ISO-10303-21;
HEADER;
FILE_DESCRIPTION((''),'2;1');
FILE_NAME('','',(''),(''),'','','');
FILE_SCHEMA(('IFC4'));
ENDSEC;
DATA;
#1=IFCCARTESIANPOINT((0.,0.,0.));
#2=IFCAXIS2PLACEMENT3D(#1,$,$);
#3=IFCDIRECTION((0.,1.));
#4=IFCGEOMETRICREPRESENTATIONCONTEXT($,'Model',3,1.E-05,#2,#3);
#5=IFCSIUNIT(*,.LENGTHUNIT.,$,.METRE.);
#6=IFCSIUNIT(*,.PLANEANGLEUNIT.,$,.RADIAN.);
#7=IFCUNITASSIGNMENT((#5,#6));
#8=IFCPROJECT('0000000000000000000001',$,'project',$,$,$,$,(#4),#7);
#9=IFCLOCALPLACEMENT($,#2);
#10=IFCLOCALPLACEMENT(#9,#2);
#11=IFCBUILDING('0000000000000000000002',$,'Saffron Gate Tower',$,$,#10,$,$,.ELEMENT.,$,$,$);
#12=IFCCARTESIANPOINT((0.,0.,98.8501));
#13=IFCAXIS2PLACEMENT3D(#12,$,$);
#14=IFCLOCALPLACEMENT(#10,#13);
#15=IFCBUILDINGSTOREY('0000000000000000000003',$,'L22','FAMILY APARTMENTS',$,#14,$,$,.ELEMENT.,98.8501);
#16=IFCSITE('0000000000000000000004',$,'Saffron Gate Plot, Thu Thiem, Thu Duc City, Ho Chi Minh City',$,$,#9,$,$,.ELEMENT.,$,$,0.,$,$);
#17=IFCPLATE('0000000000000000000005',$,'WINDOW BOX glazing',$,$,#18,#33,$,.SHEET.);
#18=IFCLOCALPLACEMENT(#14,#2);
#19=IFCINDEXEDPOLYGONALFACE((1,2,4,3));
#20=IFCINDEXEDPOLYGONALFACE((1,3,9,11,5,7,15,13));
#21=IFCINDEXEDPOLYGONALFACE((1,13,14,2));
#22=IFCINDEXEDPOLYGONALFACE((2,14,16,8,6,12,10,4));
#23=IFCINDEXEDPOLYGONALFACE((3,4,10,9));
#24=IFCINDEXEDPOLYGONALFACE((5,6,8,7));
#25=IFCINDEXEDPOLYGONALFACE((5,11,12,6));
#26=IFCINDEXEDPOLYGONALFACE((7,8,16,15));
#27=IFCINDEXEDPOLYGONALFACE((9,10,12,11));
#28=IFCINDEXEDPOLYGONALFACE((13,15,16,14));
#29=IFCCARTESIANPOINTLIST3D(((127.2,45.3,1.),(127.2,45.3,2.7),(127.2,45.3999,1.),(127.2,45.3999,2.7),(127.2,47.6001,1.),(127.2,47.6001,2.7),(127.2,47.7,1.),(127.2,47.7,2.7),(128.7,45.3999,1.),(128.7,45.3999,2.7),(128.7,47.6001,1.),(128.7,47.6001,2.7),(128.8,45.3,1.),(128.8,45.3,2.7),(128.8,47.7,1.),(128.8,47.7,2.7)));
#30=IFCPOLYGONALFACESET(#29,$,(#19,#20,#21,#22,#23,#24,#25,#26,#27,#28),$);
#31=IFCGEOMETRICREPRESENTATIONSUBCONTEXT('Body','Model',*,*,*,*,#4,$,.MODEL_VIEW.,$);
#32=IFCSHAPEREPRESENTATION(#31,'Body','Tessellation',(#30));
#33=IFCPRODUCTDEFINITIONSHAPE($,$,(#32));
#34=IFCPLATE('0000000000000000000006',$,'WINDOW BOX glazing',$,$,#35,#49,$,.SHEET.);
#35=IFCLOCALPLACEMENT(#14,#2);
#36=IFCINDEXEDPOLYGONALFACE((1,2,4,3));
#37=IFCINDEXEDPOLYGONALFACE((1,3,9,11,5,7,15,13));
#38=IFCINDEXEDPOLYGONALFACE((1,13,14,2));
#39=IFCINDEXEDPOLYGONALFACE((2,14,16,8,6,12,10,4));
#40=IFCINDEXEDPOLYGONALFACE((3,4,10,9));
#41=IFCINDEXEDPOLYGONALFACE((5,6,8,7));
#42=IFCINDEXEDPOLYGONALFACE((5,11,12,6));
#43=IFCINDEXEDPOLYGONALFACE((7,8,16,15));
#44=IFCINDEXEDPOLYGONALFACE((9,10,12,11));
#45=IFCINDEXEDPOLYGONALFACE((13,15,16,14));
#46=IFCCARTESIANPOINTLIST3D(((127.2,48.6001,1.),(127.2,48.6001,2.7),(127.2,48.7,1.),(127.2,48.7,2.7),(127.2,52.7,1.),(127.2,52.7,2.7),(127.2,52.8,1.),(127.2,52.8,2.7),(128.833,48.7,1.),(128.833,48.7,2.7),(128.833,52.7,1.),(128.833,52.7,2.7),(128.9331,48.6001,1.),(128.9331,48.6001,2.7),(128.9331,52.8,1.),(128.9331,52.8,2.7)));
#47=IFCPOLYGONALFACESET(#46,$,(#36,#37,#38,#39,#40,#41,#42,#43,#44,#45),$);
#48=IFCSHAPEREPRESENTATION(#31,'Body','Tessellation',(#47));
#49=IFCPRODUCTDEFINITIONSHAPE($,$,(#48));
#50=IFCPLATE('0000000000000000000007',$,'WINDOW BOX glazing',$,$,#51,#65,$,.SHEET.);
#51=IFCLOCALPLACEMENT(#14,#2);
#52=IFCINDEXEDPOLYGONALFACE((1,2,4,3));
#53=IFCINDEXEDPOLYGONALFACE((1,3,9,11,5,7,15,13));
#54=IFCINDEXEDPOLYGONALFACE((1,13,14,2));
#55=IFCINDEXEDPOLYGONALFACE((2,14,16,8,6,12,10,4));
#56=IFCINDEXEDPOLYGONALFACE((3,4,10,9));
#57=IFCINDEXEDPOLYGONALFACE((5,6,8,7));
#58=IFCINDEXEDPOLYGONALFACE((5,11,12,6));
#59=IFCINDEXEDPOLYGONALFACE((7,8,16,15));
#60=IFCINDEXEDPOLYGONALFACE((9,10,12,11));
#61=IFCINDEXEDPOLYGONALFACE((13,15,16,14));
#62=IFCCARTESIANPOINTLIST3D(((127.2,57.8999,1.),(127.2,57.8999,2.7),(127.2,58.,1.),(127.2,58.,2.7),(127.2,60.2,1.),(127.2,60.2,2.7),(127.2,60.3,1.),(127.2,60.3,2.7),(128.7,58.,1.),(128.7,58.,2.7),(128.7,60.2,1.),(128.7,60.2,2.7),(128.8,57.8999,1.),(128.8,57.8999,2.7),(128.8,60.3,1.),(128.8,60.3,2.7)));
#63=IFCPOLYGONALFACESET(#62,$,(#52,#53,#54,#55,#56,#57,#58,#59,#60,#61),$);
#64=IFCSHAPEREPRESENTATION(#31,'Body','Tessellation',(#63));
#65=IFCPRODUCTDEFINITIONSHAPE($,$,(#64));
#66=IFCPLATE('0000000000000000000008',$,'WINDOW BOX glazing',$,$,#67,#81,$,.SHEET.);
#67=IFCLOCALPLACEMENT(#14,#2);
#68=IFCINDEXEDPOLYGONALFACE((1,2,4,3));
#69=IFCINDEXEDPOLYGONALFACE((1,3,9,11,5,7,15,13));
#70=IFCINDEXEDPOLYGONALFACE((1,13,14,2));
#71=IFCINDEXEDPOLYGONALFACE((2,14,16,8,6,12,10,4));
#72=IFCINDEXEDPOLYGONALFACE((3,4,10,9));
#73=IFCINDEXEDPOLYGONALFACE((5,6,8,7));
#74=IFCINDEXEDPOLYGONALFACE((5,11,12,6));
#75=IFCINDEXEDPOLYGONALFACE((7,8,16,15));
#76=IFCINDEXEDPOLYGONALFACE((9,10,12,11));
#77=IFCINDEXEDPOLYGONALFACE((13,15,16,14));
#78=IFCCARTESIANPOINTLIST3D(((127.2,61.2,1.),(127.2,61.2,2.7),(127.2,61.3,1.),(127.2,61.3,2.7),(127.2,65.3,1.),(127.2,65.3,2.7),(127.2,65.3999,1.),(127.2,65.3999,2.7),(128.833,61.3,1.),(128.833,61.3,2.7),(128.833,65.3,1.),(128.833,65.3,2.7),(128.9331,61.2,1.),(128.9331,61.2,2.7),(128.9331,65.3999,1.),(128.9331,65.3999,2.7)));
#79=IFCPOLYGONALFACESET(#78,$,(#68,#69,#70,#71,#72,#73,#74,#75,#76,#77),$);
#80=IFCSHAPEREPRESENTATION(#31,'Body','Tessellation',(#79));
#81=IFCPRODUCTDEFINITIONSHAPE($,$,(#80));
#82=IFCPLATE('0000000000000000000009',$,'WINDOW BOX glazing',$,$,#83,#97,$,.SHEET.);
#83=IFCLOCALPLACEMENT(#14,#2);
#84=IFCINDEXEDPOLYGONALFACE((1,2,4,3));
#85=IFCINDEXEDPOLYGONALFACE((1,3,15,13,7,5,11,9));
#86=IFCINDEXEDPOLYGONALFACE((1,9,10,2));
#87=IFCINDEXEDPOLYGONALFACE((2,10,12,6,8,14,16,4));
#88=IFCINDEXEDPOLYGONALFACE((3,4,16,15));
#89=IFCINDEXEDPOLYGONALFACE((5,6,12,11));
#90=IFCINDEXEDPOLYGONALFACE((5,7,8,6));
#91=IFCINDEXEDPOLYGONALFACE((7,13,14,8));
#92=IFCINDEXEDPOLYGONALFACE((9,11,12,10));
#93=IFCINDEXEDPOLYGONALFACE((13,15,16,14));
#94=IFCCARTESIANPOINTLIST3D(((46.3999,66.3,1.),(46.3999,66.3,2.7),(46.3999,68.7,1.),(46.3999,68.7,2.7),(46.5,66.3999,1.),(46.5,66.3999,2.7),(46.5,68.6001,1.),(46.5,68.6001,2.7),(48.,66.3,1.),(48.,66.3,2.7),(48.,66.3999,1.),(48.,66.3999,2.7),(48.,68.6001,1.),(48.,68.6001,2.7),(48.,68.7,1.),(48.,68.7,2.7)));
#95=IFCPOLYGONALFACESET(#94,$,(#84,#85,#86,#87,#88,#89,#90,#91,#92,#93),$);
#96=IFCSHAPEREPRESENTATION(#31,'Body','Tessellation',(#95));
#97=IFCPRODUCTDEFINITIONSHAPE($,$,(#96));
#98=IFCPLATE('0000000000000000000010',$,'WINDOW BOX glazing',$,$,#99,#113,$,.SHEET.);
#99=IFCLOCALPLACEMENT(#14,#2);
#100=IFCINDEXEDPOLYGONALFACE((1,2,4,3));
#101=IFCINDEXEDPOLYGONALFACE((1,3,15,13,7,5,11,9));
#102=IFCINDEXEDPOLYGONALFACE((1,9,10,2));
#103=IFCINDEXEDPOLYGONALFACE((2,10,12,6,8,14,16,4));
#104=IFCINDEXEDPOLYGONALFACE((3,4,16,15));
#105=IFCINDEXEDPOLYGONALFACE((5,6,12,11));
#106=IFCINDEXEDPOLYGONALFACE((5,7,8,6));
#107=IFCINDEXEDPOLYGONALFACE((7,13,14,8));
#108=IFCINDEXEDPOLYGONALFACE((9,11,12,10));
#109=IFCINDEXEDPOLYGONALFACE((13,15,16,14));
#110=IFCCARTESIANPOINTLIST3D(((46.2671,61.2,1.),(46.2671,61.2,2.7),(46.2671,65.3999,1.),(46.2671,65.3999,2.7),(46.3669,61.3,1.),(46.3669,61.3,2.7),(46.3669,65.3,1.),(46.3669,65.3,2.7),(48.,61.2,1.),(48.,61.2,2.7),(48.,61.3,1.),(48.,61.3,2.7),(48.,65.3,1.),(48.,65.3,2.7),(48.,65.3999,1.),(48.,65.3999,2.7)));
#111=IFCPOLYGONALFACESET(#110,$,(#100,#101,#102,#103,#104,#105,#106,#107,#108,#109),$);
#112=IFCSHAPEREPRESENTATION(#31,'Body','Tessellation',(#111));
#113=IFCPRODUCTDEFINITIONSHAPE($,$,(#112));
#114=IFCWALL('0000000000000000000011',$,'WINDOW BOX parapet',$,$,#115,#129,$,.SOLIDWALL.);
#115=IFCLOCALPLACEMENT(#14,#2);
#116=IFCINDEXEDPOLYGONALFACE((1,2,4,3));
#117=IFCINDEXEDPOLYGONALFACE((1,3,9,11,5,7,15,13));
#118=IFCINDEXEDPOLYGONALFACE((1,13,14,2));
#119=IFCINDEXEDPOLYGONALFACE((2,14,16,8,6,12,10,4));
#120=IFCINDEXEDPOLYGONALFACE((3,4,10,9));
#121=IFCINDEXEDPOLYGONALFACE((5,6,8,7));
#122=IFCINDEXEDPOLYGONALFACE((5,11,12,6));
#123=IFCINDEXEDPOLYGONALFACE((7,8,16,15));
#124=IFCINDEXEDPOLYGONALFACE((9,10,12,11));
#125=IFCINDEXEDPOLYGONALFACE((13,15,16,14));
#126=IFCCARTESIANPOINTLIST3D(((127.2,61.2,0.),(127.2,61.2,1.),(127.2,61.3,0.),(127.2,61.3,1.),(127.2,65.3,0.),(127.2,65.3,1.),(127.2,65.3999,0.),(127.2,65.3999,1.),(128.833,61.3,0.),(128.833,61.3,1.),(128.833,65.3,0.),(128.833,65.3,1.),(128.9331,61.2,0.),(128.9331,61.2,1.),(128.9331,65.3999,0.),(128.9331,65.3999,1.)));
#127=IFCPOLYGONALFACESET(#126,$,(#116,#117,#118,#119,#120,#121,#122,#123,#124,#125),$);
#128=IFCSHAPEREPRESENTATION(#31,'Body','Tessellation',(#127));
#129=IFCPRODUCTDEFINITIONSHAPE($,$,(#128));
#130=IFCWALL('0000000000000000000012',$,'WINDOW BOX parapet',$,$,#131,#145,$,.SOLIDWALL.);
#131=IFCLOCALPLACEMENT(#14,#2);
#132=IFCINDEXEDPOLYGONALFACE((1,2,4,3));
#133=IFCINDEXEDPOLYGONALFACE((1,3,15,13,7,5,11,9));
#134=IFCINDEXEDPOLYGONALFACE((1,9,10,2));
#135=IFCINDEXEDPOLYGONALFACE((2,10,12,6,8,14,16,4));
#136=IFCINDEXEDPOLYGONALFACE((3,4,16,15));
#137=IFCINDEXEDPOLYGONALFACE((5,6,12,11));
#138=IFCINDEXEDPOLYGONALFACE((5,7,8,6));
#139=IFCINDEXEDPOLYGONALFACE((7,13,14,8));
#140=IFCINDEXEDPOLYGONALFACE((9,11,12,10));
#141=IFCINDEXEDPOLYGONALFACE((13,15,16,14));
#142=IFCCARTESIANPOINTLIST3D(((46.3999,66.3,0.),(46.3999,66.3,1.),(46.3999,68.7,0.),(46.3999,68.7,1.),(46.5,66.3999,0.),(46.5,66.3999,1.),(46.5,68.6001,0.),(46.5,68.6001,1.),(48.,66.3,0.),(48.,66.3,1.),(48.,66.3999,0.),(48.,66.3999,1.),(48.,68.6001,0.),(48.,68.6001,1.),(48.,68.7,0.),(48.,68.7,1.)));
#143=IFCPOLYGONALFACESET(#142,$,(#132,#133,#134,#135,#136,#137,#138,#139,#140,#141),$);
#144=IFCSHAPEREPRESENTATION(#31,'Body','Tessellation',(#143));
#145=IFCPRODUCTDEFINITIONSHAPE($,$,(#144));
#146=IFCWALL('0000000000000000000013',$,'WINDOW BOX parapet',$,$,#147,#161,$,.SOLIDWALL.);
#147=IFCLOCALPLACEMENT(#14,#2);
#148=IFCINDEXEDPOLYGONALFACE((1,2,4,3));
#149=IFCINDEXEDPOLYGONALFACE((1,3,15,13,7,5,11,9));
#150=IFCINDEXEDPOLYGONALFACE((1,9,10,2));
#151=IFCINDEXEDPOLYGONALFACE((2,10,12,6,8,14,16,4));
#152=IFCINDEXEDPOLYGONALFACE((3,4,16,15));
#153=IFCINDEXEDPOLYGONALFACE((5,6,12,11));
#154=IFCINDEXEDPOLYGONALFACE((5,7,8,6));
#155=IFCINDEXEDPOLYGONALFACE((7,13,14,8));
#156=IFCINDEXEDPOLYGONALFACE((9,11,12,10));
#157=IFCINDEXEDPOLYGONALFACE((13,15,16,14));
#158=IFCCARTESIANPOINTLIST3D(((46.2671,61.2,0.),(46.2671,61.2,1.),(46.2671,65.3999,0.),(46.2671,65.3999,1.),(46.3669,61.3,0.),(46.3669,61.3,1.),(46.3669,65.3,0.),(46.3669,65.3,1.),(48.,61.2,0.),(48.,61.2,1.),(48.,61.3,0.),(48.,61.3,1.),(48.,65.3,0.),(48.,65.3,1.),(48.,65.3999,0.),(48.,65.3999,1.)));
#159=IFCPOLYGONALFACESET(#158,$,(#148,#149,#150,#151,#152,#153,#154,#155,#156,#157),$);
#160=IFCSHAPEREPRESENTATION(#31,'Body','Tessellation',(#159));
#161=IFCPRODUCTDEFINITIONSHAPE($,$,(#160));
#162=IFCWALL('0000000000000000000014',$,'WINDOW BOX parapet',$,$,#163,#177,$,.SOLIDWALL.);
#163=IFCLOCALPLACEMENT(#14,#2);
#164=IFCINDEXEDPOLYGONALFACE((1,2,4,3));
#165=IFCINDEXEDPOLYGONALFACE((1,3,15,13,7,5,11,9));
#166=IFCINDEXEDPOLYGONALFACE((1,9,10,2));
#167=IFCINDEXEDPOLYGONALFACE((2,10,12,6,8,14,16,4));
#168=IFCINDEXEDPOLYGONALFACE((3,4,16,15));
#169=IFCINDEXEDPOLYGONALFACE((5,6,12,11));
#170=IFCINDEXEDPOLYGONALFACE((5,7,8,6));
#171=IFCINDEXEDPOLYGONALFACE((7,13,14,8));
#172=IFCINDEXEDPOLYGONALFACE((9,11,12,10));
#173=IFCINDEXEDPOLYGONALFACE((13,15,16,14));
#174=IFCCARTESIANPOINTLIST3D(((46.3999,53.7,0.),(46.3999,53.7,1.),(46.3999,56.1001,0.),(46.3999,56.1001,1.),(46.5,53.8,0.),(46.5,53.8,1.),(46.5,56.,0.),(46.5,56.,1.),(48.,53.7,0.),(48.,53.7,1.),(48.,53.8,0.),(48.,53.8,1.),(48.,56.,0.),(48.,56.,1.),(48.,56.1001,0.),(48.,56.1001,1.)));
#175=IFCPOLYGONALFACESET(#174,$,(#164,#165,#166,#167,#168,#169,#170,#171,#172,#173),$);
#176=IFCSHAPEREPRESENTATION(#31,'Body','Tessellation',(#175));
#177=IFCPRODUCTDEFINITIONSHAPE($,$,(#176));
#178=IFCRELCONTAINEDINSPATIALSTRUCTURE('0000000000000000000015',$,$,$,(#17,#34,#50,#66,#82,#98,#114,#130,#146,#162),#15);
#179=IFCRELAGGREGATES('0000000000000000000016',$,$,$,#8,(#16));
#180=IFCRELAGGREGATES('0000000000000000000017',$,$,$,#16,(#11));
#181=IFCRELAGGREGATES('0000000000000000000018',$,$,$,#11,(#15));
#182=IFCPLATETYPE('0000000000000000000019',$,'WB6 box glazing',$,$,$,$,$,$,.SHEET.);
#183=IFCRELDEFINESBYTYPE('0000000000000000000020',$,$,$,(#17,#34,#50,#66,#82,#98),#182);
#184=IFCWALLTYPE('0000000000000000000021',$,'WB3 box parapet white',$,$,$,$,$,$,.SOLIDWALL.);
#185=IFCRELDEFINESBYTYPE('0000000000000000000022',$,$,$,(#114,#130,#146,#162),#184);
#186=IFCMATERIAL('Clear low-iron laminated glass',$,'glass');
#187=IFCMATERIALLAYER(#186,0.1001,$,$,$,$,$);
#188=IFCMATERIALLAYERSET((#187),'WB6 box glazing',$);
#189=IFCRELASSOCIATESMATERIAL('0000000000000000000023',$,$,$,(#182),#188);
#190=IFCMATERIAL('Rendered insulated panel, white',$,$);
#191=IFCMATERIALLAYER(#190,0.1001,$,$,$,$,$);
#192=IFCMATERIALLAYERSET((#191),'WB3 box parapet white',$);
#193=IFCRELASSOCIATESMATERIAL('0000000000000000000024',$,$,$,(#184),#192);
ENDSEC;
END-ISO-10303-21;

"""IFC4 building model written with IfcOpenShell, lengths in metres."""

from ifc_helpers import new_model, si_unit, direction, frame, origin, place, context, subcontext, project, spatial, polyline, outline, extrude, material, layer, layer_set, type_object, element, save


model = new_model("IFC4")

# Units and contexts
model_context = context("Model", 3, precision=1e-05, world=origin(), true_north=direction((0.0, 1.0)))
body_context = subcontext(model_context, "Body", "Model", "MODEL_VIEW")
ifc_project = project(units=[si_unit("LENGTHUNIT", "METRE"), si_unit("PLANEANGLEUNIT", "RADIAN")], contexts=[model_context])

# Site, building, storey
site_placement = place(None, origin())
site = spatial("IfcSite", under=ifc_project, at=site_placement, Name="Saffron Gate Plot, Thu Thiem, Thu Duc City, Ho Chi Minh City", CompositionType="ELEMENT", RefElevation=0.0)
building_placement = place(site_placement, origin())
building = spatial("IfcBuilding", under=site, at=building_placement, Name="Saffron Gate Tower", CompositionType="ELEMENT")
storey_placement = place(building_placement, frame((0.0, 0.0, 98.8501)))
storey = spatial("IfcBuildingStorey", under=building, at=storey_placement, Name="L22", Description="FAMILY APARTMENTS", CompositionType="ELEMENT", Elevation=98.8501)

# Plates
ifc_material_1 = material(Name="Clear low-iron laminated glass", Category="glass")
ifc_layer_1 = layer(ifc_material_1, 0.1001)
ifc_layer_set_1 = layer_set([ifc_layer_1], Name="WB6 box glazing")
plate_type_1 = type_object("IfcPlateType", Name="WB6 box glazing", PredefinedType="SHEET", material=ifc_layer_set_1)
plate_1_placement = place(storey_placement, frame((0.0, 0.0, 1.0)))
element("IfcPlate", 1, at=plate_1_placement, inside=storey, type_object=plate_type_1, Name="WINDOW BOX glazing", PredefinedType="SHEET", context=body_context, shape_type="SweptSolid", body=[
    extrude(outline(polyline([(127.2, 45.3), (127.2, 45.3999), (128.7, 45.3999), (128.7, 47.6001), (127.2, 47.6001), (127.2, 47.7), (128.8, 47.7), (128.8, 45.3), (127.2, 45.3)])), origin(), (0.0, 0.0, 1.0), 1.7),
])
plate_2_placement = place(storey_placement, frame((0.0, 0.0, 1.0)))
element("IfcPlate", 2, at=plate_2_placement, inside=storey, type_object=plate_type_1, Name="WINDOW BOX glazing", PredefinedType="SHEET", context=body_context, shape_type="SweptSolid", body=[
    extrude(outline(polyline([(127.2, 48.6001), (127.2, 48.7), (128.833, 48.7), (128.833, 52.7), (127.2, 52.7), (127.2, 52.8), (128.9331, 52.8), (128.9331, 48.6001), (127.2, 48.6001)])), origin(), (0.0, 0.0, 1.0), 1.7),
])
plate_3_placement = place(storey_placement, frame((0.0, 0.0, 1.0)))
element("IfcPlate", 3, at=plate_3_placement, inside=storey, type_object=plate_type_1, Name="WINDOW BOX glazing", PredefinedType="SHEET", context=body_context, shape_type="SweptSolid", body=[
    extrude(outline(polyline([(127.2, 57.8999), (127.2, 58.0), (128.7, 58.0), (128.7, 60.2), (127.2, 60.2), (127.2, 60.3), (128.8, 60.3), (128.8, 57.8999), (127.2, 57.8999)])), origin(), (0.0, 0.0, 1.0), 1.7),
])
plate_4_placement = place(storey_placement, frame((0.0, 0.0, 1.0)))
element("IfcPlate", 4, at=plate_4_placement, inside=storey, type_object=plate_type_1, Name="WINDOW BOX glazing", PredefinedType="SHEET", context=body_context, shape_type="SweptSolid", body=[
    extrude(outline(polyline([(127.2, 61.2), (127.2, 61.3), (128.833, 61.3), (128.833, 65.3), (127.2, 65.3), (127.2, 65.3999), (128.9331, 65.3999), (128.9331, 61.2), (127.2, 61.2)])), origin(), (0.0, 0.0, 1.0), 1.7),
])
plate_5_placement = place(storey_placement, frame((0.0, 0.0, 1.0)))
element("IfcPlate", 5, at=plate_5_placement, inside=storey, type_object=plate_type_1, Name="WINDOW BOX glazing", PredefinedType="SHEET", context=body_context, shape_type="SweptSolid", body=[
    extrude(outline(polyline([(48.0, 68.7), (48.0, 68.6001), (46.5, 68.6001), (46.5, 66.3999), (48.0, 66.3999), (48.0, 66.3), (46.3999, 66.3), (46.3999, 68.7), (48.0, 68.7)])), origin(), (0.0, 0.0, 1.0), 1.7),
])
plate_6_placement = place(storey_placement, frame((0.0, 0.0, 1.0)))
element("IfcPlate", 6, at=plate_6_placement, inside=storey, type_object=plate_type_1, Name="WINDOW BOX glazing", PredefinedType="SHEET", context=body_context, shape_type="SweptSolid", body=[
    extrude(outline(polyline([(48.0, 65.3999), (48.0, 65.3), (46.3669, 65.3), (46.3669, 61.3), (48.0, 61.3), (48.0, 61.2), (46.2671, 61.2), (46.2671, 65.3999), (48.0, 65.3999)])), origin(), (0.0, 0.0, 1.0), 1.7),
])

# Walls
ifc_material_2 = material(Name="Rendered insulated panel, white")
ifc_layer_2 = layer(ifc_material_2, 0.1001)
ifc_layer_set_2 = layer_set([ifc_layer_2], Name="WB3 box parapet white")
wall_type = type_object("IfcWallType", Name="WB3 box parapet white", PredefinedType="SOLIDWALL", material=ifc_layer_set_2)
wall_1_placement = place(storey_placement, origin())
element("IfcWall", 7, at=wall_1_placement, inside=storey, type_object=wall_type, Name="WINDOW BOX parapet", PredefinedType="SOLIDWALL", context=body_context, shape_type="SweptSolid", body=[
    extrude(outline(polyline([(127.2, 61.2), (127.2, 61.3), (128.833, 61.3), (128.833, 65.3), (127.2, 65.3), (127.2, 65.3999), (128.9331, 65.3999), (128.9331, 61.2), (127.2, 61.2)])), origin(), (0.0, 0.0, 1.0), 1.0),
])
wall_2_placement = place(storey_placement, origin())
element("IfcWall", 8, at=wall_2_placement, inside=storey, type_object=wall_type, Name="WINDOW BOX parapet", PredefinedType="SOLIDWALL", context=body_context, shape_type="SweptSolid", body=[
    extrude(outline(polyline([(48.0, 68.7), (48.0, 68.6001), (46.5, 68.6001), (46.5, 66.3999), (48.0, 66.3999), (48.0, 66.3), (46.3999, 66.3), (46.3999, 68.7), (48.0, 68.7)])), origin(), (0.0, 0.0, 1.0), 1.0),
])
wall_3_placement = place(storey_placement, origin())
element("IfcWall", 9, at=wall_3_placement, inside=storey, type_object=wall_type, Name="WINDOW BOX parapet", PredefinedType="SOLIDWALL", context=body_context, shape_type="SweptSolid", body=[
    extrude(outline(polyline([(48.0, 65.3999), (48.0, 65.3), (46.3669, 65.3), (46.3669, 61.3), (48.0, 61.3), (48.0, 61.2), (46.2671, 61.2), (46.2671, 65.3999), (48.0, 65.3999)])), origin(), (0.0, 0.0, 1.0), 1.0),
])
wall_4_placement = place(storey_placement, origin())
element("IfcWall", 10, at=wall_4_placement, inside=storey, type_object=wall_type, Name="WINDOW BOX parapet", PredefinedType="SOLIDWALL", context=body_context, shape_type="SweptSolid", body=[
    extrude(outline(polyline([(48.0, 56.1001), (48.0, 56.0), (46.5, 56.0), (46.5, 53.8), (48.0, 53.8), (48.0, 53.7), (46.3999, 53.7), (46.3999, 56.1001), (48.0, 56.1001)])), origin(), (0.0, 0.0, 1.0), 1.0),
])

save(model, "model.ifc")
